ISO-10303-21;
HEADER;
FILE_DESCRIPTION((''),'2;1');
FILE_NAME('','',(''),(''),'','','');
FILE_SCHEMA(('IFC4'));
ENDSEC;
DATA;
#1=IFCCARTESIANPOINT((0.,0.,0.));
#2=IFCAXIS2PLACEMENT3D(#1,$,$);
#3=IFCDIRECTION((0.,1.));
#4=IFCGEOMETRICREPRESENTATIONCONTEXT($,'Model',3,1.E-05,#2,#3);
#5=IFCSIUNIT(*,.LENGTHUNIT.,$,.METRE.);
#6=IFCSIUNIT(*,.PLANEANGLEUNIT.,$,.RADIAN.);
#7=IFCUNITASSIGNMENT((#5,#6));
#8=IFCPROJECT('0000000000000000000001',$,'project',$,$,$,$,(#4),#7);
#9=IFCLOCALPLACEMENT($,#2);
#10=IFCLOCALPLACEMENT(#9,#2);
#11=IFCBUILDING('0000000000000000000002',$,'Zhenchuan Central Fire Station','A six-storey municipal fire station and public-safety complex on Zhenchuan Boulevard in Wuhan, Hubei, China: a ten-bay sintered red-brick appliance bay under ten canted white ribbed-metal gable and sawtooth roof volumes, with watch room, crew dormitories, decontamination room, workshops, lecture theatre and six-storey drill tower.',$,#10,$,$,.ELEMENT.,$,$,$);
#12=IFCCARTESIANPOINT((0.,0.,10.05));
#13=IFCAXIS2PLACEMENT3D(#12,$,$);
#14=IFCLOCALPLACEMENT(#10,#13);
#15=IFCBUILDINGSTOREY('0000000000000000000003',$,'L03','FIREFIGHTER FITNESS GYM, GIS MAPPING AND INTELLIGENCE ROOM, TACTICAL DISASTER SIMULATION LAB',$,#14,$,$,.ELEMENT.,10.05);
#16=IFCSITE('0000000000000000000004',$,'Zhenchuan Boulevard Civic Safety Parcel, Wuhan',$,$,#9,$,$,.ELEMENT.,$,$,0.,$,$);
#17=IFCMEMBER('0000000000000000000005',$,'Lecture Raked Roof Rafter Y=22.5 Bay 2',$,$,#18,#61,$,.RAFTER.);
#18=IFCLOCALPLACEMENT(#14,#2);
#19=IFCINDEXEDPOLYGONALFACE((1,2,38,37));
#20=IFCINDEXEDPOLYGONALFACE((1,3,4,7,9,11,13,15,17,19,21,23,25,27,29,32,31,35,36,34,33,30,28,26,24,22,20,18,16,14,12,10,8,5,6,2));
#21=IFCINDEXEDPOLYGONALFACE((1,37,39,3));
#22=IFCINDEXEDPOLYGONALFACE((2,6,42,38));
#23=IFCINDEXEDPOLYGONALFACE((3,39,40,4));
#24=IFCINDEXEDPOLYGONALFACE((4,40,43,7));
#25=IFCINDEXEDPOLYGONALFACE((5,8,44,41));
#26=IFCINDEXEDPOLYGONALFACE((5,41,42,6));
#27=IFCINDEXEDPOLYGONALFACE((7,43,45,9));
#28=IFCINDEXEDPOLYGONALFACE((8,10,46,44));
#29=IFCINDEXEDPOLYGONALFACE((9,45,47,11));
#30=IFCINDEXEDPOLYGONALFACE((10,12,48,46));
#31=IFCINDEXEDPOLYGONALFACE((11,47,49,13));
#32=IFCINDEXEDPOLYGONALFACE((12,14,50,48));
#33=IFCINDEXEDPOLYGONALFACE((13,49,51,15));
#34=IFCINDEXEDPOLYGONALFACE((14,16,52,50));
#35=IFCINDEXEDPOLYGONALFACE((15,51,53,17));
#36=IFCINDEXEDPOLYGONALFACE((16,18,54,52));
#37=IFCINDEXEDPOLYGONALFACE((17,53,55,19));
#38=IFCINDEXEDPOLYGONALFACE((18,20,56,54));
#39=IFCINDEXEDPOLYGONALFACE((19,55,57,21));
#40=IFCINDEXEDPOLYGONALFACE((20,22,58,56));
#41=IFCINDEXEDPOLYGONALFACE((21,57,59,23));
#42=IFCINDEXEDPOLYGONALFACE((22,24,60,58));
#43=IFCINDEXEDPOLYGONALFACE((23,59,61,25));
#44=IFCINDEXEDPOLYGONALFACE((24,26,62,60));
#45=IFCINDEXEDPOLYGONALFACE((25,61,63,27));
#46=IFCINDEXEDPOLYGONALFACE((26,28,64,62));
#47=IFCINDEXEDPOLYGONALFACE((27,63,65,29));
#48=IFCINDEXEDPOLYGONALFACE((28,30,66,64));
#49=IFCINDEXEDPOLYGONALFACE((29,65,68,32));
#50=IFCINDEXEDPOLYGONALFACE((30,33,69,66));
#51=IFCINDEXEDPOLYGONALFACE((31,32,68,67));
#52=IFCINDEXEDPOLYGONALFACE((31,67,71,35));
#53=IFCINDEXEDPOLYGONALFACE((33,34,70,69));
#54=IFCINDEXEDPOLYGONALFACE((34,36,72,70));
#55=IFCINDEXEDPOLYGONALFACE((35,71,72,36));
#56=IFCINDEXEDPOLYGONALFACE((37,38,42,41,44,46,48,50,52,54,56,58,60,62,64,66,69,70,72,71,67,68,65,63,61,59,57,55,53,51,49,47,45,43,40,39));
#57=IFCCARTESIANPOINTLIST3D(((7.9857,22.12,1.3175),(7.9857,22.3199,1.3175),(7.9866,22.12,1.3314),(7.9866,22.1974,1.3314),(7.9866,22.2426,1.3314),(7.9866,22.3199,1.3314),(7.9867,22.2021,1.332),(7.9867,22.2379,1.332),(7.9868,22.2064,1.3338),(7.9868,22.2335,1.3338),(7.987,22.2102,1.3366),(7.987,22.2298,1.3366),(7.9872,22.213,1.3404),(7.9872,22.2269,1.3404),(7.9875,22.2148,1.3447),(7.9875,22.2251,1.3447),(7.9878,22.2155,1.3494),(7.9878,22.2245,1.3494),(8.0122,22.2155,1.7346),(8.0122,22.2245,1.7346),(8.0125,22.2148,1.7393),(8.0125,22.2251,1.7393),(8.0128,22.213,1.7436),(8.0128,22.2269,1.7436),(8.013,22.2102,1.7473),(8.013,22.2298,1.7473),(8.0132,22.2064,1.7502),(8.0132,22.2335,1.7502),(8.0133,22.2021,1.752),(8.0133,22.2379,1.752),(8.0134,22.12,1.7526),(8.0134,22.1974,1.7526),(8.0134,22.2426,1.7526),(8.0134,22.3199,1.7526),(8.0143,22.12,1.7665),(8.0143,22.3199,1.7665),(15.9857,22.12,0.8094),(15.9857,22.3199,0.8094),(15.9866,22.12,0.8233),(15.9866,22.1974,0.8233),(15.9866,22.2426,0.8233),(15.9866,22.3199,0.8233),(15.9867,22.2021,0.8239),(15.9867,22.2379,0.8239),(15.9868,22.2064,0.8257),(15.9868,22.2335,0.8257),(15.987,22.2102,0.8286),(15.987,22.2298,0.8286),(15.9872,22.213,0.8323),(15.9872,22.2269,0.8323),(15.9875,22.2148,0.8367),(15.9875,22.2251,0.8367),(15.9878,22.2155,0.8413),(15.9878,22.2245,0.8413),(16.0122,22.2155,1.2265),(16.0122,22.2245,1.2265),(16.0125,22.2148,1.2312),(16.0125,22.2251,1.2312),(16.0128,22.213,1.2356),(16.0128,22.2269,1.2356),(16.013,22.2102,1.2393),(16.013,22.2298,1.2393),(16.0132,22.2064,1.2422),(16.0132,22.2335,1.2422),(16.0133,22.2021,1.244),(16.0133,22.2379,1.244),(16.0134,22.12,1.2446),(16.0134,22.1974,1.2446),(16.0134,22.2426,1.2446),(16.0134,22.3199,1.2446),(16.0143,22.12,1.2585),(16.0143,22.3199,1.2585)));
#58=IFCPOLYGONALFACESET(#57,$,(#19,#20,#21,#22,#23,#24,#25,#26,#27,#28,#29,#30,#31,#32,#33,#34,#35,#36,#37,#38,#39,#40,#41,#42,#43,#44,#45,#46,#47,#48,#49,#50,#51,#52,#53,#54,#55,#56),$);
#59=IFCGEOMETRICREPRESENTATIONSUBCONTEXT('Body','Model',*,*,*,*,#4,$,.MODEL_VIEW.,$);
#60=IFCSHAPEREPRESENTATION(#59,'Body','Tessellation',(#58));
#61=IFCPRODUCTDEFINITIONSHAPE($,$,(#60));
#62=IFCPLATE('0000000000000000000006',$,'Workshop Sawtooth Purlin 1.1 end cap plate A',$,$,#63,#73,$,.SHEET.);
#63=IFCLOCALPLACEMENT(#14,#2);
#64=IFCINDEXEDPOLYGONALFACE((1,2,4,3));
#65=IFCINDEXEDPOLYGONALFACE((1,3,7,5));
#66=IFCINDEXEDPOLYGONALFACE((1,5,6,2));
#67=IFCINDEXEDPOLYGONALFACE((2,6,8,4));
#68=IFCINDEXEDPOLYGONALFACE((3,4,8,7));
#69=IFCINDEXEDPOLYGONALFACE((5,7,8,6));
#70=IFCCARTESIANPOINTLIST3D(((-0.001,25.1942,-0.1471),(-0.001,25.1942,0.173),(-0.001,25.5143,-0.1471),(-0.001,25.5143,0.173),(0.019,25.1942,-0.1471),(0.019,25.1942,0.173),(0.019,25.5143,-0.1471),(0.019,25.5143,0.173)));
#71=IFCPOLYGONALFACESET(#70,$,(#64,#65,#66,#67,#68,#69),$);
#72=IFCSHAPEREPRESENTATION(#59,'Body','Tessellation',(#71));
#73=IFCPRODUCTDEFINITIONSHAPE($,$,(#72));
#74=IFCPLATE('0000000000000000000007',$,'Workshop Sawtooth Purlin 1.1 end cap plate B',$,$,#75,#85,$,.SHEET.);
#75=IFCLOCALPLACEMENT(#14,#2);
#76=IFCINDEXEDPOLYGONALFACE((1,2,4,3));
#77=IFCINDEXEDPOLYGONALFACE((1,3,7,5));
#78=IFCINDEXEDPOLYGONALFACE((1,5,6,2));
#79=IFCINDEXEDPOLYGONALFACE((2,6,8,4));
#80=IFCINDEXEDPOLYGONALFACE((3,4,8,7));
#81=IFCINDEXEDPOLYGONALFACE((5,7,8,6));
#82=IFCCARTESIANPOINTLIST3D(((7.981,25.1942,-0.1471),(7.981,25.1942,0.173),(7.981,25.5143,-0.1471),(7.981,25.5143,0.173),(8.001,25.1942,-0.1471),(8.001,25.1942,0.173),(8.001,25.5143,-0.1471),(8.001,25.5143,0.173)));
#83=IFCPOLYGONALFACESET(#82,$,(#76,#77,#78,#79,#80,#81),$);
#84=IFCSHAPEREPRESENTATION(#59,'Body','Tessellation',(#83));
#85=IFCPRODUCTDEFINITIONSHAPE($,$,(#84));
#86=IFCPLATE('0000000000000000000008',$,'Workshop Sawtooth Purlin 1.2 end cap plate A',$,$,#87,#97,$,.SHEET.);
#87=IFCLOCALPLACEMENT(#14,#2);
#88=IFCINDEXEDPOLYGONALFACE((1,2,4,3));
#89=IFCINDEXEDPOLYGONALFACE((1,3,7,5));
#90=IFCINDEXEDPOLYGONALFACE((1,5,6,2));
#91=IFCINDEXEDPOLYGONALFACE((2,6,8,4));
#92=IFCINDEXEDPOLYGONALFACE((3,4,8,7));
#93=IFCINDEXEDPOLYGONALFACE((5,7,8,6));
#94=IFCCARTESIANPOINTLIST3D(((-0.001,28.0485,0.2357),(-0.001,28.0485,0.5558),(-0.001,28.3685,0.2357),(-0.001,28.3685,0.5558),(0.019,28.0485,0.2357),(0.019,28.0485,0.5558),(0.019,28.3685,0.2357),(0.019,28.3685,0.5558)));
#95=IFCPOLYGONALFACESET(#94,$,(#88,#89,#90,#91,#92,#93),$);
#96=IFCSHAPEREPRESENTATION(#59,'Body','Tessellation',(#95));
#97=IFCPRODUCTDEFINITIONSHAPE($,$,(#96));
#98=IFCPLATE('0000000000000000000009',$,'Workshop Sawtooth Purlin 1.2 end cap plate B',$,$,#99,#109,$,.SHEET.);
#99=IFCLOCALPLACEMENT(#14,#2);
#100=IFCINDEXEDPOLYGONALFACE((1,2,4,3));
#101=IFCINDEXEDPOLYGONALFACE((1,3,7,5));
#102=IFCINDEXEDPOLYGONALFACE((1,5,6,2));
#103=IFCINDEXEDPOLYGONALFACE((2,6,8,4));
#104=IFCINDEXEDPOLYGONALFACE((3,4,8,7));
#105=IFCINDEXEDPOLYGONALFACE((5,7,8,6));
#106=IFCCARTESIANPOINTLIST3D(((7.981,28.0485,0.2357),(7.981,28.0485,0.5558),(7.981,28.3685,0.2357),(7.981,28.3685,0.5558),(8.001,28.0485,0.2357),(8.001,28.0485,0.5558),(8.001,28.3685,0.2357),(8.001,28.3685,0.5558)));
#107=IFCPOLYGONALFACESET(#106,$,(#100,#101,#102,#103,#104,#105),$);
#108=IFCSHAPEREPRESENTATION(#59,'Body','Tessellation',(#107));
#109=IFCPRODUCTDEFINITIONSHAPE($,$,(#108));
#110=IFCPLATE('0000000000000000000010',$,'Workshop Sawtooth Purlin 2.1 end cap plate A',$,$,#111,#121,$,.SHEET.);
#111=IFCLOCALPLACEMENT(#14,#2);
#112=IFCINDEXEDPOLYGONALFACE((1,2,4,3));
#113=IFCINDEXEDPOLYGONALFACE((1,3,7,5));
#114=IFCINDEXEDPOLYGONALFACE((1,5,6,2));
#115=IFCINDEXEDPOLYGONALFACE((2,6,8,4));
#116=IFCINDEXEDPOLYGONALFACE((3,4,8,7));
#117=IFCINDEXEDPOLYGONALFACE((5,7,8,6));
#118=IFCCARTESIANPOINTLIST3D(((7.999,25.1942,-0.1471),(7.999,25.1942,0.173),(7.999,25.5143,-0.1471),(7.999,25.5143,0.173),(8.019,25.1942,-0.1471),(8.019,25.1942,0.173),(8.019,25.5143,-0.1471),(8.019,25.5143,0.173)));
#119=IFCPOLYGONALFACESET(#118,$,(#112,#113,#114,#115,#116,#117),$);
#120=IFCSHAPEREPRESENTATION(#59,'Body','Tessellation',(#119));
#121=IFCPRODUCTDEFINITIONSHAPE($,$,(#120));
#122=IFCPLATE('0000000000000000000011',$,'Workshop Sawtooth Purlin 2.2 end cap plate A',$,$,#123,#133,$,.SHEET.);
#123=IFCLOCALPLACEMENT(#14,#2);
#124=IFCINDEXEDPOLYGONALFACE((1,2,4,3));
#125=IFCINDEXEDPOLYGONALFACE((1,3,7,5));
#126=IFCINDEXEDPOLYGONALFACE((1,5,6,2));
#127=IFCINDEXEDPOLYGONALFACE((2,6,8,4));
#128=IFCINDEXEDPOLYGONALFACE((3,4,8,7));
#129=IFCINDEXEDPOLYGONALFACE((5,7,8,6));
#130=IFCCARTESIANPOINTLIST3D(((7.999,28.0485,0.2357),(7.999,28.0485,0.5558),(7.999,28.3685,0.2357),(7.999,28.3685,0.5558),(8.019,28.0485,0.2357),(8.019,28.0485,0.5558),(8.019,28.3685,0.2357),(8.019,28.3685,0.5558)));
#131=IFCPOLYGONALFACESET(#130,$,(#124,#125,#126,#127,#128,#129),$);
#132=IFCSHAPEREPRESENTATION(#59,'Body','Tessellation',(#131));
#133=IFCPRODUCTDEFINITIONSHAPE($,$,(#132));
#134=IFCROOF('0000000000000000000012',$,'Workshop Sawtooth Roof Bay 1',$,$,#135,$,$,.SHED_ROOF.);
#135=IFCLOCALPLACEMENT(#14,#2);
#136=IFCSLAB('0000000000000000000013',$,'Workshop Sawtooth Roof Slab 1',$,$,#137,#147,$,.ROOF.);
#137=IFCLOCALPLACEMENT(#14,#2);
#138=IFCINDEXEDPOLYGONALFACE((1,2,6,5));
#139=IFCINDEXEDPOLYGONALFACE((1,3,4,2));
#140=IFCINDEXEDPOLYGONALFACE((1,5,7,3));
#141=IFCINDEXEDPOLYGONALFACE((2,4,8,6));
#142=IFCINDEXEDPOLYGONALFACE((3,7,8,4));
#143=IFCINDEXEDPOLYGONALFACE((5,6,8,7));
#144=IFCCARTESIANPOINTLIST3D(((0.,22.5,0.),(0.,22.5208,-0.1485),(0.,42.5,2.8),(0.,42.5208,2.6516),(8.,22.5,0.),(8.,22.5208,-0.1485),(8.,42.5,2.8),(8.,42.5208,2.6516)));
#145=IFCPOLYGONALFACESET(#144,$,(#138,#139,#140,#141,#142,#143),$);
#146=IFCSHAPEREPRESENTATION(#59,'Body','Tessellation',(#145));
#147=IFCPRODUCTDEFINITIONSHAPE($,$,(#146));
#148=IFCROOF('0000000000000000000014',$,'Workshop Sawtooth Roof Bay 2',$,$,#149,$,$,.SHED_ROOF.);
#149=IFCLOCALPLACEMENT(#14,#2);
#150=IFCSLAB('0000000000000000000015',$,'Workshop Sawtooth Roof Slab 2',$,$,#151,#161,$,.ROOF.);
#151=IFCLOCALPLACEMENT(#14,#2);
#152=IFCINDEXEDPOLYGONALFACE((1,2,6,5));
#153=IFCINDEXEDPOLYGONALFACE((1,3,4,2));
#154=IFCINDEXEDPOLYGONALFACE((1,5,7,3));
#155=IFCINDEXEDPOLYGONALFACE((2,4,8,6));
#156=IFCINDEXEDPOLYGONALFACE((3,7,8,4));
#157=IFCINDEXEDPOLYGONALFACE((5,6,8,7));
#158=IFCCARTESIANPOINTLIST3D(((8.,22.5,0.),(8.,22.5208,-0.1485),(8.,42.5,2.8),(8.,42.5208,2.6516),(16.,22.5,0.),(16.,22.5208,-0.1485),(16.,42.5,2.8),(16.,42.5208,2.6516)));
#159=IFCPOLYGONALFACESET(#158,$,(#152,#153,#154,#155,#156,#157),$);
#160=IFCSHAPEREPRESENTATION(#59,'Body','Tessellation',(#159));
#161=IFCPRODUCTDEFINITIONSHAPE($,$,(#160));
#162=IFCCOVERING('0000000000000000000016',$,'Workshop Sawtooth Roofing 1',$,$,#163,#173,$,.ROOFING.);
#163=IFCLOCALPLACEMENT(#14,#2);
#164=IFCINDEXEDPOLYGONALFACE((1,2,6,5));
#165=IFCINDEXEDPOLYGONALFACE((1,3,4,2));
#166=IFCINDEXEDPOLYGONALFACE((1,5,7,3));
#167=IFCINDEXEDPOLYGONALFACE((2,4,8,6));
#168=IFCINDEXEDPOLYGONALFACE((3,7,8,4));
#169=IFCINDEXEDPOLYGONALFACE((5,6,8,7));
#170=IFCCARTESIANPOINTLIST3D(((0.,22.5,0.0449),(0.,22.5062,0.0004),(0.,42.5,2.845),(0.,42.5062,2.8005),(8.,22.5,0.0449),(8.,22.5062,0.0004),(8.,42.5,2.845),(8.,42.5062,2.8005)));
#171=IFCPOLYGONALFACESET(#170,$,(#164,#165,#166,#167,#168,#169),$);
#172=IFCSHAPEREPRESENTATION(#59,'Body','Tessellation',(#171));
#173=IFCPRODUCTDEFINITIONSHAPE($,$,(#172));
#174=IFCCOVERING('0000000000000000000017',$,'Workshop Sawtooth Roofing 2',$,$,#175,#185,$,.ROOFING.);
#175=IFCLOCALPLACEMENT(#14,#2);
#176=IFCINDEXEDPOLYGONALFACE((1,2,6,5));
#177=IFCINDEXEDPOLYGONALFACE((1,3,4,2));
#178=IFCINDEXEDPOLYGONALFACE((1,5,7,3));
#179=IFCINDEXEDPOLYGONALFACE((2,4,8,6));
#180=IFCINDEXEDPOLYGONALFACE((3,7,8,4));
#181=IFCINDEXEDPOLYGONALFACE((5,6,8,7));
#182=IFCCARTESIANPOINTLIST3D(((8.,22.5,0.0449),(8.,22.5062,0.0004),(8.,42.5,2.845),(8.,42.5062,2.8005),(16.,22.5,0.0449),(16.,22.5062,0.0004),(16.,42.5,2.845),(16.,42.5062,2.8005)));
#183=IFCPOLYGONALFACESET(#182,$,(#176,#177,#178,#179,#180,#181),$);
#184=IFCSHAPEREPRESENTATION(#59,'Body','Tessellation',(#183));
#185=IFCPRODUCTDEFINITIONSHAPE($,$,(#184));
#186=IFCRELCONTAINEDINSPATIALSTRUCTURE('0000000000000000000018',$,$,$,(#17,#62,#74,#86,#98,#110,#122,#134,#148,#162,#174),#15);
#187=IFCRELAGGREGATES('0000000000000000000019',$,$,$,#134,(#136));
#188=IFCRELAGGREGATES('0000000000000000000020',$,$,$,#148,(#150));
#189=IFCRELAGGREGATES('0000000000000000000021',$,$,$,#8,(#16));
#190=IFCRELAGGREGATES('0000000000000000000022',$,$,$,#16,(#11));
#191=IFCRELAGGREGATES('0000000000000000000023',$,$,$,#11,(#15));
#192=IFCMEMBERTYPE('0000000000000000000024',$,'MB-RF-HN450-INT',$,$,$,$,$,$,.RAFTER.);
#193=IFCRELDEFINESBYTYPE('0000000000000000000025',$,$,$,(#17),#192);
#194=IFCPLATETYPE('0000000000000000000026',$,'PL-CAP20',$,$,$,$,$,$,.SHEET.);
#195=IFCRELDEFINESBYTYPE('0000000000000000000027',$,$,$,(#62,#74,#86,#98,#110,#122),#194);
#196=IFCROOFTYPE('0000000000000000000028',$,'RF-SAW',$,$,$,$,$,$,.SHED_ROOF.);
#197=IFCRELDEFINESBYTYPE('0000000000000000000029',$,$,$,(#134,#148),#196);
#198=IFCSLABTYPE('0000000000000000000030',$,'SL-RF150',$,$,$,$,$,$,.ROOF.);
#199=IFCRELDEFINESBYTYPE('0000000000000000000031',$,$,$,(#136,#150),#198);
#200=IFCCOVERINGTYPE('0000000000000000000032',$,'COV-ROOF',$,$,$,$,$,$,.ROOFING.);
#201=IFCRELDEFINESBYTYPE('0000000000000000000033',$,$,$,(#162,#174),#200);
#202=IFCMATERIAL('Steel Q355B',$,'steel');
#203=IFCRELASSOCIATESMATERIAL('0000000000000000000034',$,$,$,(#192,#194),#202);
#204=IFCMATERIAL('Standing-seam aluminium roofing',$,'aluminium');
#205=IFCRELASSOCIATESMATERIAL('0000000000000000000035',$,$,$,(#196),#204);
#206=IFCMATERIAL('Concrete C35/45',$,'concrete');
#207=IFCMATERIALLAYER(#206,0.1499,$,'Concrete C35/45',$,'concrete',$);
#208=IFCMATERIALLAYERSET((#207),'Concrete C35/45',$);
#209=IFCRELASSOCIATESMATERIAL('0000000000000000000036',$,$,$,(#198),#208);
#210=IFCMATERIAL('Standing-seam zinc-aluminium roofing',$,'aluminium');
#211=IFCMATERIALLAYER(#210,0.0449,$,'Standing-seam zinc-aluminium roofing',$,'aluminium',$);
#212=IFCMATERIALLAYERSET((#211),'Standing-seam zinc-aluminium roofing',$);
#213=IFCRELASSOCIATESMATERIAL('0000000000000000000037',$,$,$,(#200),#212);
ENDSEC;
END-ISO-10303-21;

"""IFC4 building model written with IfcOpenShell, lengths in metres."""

from ifc_helpers import new_model, si_unit, direction, frame, origin, origin_2d, place, context, subcontext, project, spatial, polyline, rectangle, i_section, outline, extrude, material, layer, layer_set, material_profile, profile_set, type_object, element, aggregate, save


model = new_model("IFC4")

# Units and contexts
model_context = context("Model", 3, precision=1e-05, world=origin(), true_north=direction((0.0, 1.0)))
body_context = subcontext(model_context, "Body", "Model", "MODEL_VIEW")
ifc_project = project(units=[si_unit("LENGTHUNIT", "METRE"), si_unit("PLANEANGLEUNIT", "RADIAN")], contexts=[model_context])

# Site, building, storey
site_placement = place(None, origin())
site = spatial("IfcSite", under=ifc_project, at=site_placement, Name="Zhenchuan Boulevard Civic Safety Parcel, Wuhan", CompositionType="ELEMENT", RefElevation=0.0)
building_placement = place(site_placement, origin())
building = spatial("IfcBuilding", under=site, at=building_placement, Name="Zhenchuan Central Fire Station", Description="A six-storey municipal fire station and public-safety complex on Zhenchuan Boulevard in Wuhan, Hubei, China: a ten-bay sintered red-brick appliance bay under ten canted white ribbed-metal gable and sawtooth roof volumes, with watch room, crew dormitories, decontamination room, workshops, lecture theatre and six-storey drill tower.", CompositionType="ELEMENT")
storey_placement = place(building_placement, frame((0.0, 0.0, 10.05)))
storey = spatial("IfcBuildingStorey", under=building, at=storey_placement, Name="L03", Description="FIREFIGHTER FITNESS GYM, GIS MAPPING AND INTELLIGENCE ROOM, TACTICAL DISASTER SIMULATION LAB", CompositionType="ELEMENT", Elevation=10.05)

# Shared definitions
ifc_material_1 = material(Name="Steel Q355B", Category="steel")

# Member
ifc_material_profile_1 = material_profile(ifc_material_1, i_section(OverallWidth=0.2, OverallDepth=0.45, WebThickness=0.009, FlangeThickness=0.0139, FilletRadius=0.0181, at=origin_2d()), Name="HN 450x200")
ifc_profile_set_1 = profile_set([ifc_material_profile_1], Name="Steel Q355B")
member_type_1 = type_object("IfcMemberType", Name="MB-RF-HN450-INT", PredefinedType="RAFTER", material=ifc_profile_set_1)
for number, where, z_axis, x_axis, name in (
    (1, (8.0, 22.22, 1.542), (0.99799, 0.0, -0.063379), (0.0, 1.0, 0.0), "Lecture Raked Roof Rafter Y=22.5 Bay 2"),
):
    element("IfcMember", number, at=place(storey_placement, frame(where, z_axis=z_axis, x_axis=x_axis)), inside=storey, type_object=member_type_1, Name=name, PredefinedType="RAFTER", context=body_context, shape_type="SweptSolid", body=[
        extrude(i_section(OverallWidth=0.2, OverallDepth=0.45, WebThickness=0.009, FlangeThickness=0.0139, FilletRadius=0.0181, at=origin_2d()), origin(), (0.0, 0.0, 1.0), 8.0161),
    ])

# Plates
ifc_material_profile_2 = material_profile(ifc_material_1, rectangle(XDim=0.3201, YDim=0.3201, at=origin_2d()), Name="PL 320x320x20")
ifc_profile_set_2 = profile_set([ifc_material_profile_2], Name="Steel Q355B")
plate_type = type_object("IfcPlateType", Name="PL-CAP20", PredefinedType="SHEET", material=ifc_profile_set_2)
for number, where, z_axis, x_axis, name in (
    (2, (-0.001, 25.3542, 0.0129), (1.0, 0.0, 0.0), (0.0, 1.0, 0.0), "Workshop Sawtooth Purlin 1.1 end cap plate A"),
    (3, (7.981, 25.3542, 0.0129), (1.0, 0.0, 0.0), (0.0, 1.0, 0.0), "Workshop Sawtooth Purlin 1.1 end cap plate B"),
    (4, (-0.001, 28.2085, 0.3958), (1.0, 0.0, 0.0), (0.0, 1.0, 0.0), "Workshop Sawtooth Purlin 1.2 end cap plate A"),
    (5, (7.981, 28.2085, 0.3958), (1.0, 0.0, 0.0), (0.0, 1.0, 0.0), "Workshop Sawtooth Purlin 1.2 end cap plate B"),
    (6, (7.999, 25.3542, 0.0129), (1.0, 0.0, 0.0), (0.0, 1.0, 0.0), "Workshop Sawtooth Purlin 2.1 end cap plate A"),
    (7, (7.999, 28.2085, 0.3958), (1.0, 0.0, 0.0), (0.0, 1.0, 0.0), "Workshop Sawtooth Purlin 2.2 end cap plate A"),
):
    element("IfcPlate", number, at=place(storey_placement, frame(where, z_axis=z_axis, x_axis=x_axis)), inside=storey, type_object=plate_type, Name=name, PredefinedType="SHEET", context=body_context, shape_type="SweptSolid", body=[
        extrude(rectangle(XDim=0.3201, YDim=0.3201, at=origin_2d()), origin(), (0.0, 0.0, 1.0), 0.02),
    ])

# Roofs, slabs
ifc_material_2 = material(Name="Standing-seam aluminium roofing", Category="aluminium")
roof_type = type_object("IfcRoofType", Name="RF-SAW", PredefinedType="SHED_ROOF", material=ifc_material_2)
roof_1_placement = place(storey_placement, origin())
roof_1 = element("IfcRoof", 8, at=roof_1_placement, inside=storey, type_object=roof_type, Name="Workshop Sawtooth Roof Bay 1", PredefinedType="SHED_ROOF")
ifc_material_3 = material(Name="Concrete C35/45", Category="concrete")
ifc_layer_1 = layer(ifc_material_3, 0.1499, Name="Concrete C35/45", Category="concrete")
ifc_layer_set_1 = layer_set([ifc_layer_1], Name="Concrete C35/45")
slab_type = type_object("IfcSlabType", Name="SL-RF150", PredefinedType="ROOF", material=ifc_layer_set_1)
slab_1_placement = place(storey_placement, frame((0.0, 22.5, 0.0), z_axis=(0.0, -0.13865, 0.990341), x_axis=(1.0, 0.0, 0.0)))
slab_1 = element("IfcSlab", 9, at=slab_1_placement, type_object=slab_type, Name="Workshop Sawtooth Roof Slab 1", PredefinedType="ROOF", context=body_context, shape_type="SweptSolid", body=[
    extrude(outline(polyline([(0.0, 0.0), (8.0, 0.0), (8.0, 20.1951), (0.0, 20.1951), (0.0, 0.0)])), origin(), (0.0, 0.0, -1.0), 0.1499),
])
aggregate(roof_1, [slab_1])
roof_2_placement = place(storey_placement, origin())
roof_2 = element("IfcRoof", 10, at=roof_2_placement, inside=storey, type_object=roof_type, Name="Workshop Sawtooth Roof Bay 2", PredefinedType="SHED_ROOF")
slab_2_placement = place(storey_placement, frame((8.0, 22.5, 0.0), z_axis=(0.0, -0.13865, 0.990341), x_axis=(1.0, 0.0, 0.0)))
slab_2 = element("IfcSlab", 11, at=slab_2_placement, type_object=slab_type, Name="Workshop Sawtooth Roof Slab 2", PredefinedType="ROOF", context=body_context, shape_type="SweptSolid", body=[
    extrude(outline(polyline([(0.0, 0.0), (8.0, 0.0), (8.0, 20.1951), (0.0, 20.1951), (0.0, 0.0)])), origin(), (0.0, 0.0, -1.0), 0.1499),
])
aggregate(roof_2, [slab_2])

# Coverings
ifc_material_4 = material(Name="Standing-seam zinc-aluminium roofing", Category="aluminium")
ifc_layer_2 = layer(ifc_material_4, 0.0449, Name="Standing-seam zinc-aluminium roofing", Category="aluminium")
ifc_layer_set_2 = layer_set([ifc_layer_2], Name="Standing-seam zinc-aluminium roofing")
covering_type = type_object("IfcCoveringType", Name="COV-ROOF", PredefinedType="ROOFING", material=ifc_layer_set_2)
for number, where, z_axis, x_axis, name in (
    (12, (0.0, 22.5, 0.0449), (0.0, -0.13865, 0.990341), (1.0, 0.0, 0.0), "Workshop Sawtooth Roofing 1"),
    (13, (8.0, 22.5, 0.0449), (0.0, -0.13865, 0.990341), (1.0, 0.0, 0.0), "Workshop Sawtooth Roofing 2"),
):
    element("IfcCovering", number, at=place(storey_placement, frame(where, z_axis=z_axis, x_axis=x_axis)), inside=storey, type_object=covering_type, Name=name, PredefinedType="ROOFING", context=body_context, shape_type="SweptSolid", body=[
        extrude(outline(polyline([(0.0, 0.0), (8.0, 0.0), (8.0, 20.1951), (0.0, 20.1951), (0.0, 0.0)])), origin(), (0.0, 0.0, -1.0), 0.0449),
    ])

save(model, "model.ifc")
